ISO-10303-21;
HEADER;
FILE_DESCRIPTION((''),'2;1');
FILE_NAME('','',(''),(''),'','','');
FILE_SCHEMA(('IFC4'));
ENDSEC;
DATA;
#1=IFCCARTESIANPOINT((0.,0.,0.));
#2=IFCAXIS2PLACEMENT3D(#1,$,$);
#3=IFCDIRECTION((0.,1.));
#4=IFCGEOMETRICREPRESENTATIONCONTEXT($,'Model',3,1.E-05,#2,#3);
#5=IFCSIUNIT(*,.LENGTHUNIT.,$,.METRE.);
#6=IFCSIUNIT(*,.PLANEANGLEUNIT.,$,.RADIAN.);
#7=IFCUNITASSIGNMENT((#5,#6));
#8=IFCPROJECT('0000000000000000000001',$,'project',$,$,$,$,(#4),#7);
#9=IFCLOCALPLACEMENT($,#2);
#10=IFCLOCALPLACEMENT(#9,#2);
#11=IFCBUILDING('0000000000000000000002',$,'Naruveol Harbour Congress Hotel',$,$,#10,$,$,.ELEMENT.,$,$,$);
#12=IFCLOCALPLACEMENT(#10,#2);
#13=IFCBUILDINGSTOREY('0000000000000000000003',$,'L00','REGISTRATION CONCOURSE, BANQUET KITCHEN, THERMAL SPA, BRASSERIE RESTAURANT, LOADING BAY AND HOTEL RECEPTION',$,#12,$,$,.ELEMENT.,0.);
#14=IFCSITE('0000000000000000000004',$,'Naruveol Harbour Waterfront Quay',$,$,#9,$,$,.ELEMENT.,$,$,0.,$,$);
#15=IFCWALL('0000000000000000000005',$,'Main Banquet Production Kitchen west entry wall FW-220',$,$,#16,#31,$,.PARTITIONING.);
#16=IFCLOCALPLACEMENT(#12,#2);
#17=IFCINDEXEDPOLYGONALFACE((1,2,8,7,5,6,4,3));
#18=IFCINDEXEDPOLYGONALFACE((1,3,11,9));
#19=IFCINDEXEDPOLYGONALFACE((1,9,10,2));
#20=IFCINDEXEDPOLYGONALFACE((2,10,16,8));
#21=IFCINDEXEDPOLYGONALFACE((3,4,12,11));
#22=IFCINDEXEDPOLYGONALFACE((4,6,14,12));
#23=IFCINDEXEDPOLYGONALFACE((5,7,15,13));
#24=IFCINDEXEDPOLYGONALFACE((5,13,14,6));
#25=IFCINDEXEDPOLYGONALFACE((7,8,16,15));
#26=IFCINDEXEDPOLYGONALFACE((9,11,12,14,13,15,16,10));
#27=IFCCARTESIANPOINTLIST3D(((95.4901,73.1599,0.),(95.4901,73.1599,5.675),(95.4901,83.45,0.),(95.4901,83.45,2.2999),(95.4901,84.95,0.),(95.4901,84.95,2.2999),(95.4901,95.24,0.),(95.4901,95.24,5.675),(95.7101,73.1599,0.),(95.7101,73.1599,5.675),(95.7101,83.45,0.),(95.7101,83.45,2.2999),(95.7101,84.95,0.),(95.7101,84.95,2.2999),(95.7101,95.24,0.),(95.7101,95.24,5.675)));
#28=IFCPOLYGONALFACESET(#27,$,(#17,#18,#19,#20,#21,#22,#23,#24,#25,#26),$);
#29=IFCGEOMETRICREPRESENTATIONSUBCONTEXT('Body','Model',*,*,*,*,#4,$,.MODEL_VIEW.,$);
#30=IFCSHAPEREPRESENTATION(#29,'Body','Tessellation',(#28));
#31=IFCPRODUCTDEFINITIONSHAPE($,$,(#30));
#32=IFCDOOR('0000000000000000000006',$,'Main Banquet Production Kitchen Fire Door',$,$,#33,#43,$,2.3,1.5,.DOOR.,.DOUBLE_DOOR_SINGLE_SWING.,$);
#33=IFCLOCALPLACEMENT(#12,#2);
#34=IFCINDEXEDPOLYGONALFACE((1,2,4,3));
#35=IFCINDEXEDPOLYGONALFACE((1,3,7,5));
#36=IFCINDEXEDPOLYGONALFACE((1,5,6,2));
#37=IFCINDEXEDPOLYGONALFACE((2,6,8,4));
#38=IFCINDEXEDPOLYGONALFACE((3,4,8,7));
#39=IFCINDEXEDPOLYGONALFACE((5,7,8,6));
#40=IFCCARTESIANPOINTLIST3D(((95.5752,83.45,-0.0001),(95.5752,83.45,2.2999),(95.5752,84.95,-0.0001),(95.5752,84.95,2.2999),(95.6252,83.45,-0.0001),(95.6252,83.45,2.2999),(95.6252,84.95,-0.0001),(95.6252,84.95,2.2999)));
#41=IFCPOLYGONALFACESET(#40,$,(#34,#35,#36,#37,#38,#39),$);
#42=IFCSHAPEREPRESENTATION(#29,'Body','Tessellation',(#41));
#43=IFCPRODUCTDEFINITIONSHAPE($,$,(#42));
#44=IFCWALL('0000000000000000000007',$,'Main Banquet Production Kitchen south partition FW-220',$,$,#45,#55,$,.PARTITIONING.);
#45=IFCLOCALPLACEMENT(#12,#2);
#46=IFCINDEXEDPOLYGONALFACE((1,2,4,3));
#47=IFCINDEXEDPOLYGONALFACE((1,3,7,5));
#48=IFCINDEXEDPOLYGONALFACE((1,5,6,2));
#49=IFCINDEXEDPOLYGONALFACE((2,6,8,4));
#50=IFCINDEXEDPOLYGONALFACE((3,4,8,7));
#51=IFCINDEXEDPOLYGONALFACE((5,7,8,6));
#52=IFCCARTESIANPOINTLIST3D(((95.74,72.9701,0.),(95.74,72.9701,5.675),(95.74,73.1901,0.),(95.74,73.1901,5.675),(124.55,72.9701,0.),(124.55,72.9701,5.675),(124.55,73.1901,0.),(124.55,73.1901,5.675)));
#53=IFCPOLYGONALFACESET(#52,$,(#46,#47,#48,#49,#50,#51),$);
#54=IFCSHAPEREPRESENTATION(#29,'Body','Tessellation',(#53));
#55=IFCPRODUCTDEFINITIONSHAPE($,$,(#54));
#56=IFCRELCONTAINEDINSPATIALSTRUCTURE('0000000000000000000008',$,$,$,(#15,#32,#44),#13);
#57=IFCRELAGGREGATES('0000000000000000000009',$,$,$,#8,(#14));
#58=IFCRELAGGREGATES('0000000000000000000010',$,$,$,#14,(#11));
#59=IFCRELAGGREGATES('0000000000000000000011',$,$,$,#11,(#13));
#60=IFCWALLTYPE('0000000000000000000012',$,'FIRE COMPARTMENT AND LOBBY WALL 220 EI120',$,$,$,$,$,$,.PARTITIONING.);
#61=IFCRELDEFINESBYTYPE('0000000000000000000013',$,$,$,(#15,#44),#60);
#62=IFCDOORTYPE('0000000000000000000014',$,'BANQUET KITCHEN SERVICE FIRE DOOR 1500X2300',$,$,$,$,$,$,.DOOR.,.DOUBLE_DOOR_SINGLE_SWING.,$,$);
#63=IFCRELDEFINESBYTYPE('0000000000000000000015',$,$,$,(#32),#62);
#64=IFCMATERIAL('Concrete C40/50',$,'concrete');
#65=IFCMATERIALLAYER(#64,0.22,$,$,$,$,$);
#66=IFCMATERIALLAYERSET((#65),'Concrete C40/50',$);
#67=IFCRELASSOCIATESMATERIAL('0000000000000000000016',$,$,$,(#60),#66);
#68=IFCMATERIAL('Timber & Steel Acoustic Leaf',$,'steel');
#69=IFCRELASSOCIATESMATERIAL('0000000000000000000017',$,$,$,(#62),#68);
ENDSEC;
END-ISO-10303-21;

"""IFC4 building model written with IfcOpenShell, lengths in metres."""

from ifc_helpers import new_model, si_unit, direction, frame, frame_2d, origin, place, context, subcontext, project, spatial, rectangle, extrude, material, layer, layer_set, type_object, element, fill, save


model = new_model("IFC4")

# Units and contexts
model_context = context("Model", 3, precision=1e-05, world=origin(), true_north=direction((0.0, 1.0)))
body_context = subcontext(model_context, "Body", "Model", "MODEL_VIEW")
ifc_project = project(units=[si_unit("LENGTHUNIT", "METRE"), si_unit("PLANEANGLEUNIT", "RADIAN")], contexts=[model_context])

# Site, building, storey
site_placement = place(None, origin())
site = spatial("IfcSite", under=ifc_project, at=site_placement, Name="Naruveol Harbour Waterfront Quay", CompositionType="ELEMENT", RefElevation=0.0)
building_placement = place(site_placement, origin())
building = spatial("IfcBuilding", under=site, at=building_placement, Name="Naruveol Harbour Congress Hotel", CompositionType="ELEMENT")
storey_placement = place(building_placement, origin())
storey = spatial("IfcBuildingStorey", under=building, at=storey_placement, Name="L00", Description="REGISTRATION CONCOURSE, BANQUET KITCHEN, THERMAL SPA, BRASSERIE RESTAURANT, LOADING BAY AND HOTEL RECEPTION", CompositionType="ELEMENT", Elevation=0.0)

# Wall, opening, door
ifc_material_1 = material(Name="Concrete C40/50", Category="concrete")
ifc_layer_1 = layer(ifc_material_1, 0.22)
ifc_layer_set_1 = layer_set([ifc_layer_1], Name="Concrete C40/50")
wall_type = type_object("IfcWallType", Name="FIRE COMPARTMENT AND LOBBY WALL 220 EI120", PredefinedType="PARTITIONING", material=ifc_layer_set_1)
wall_1_placement = place(storey_placement, frame((95.6001, 73.1599, 0.0), z_axis=(0.0, 0.0, 1.0), x_axis=(0.0, 1.0, 0.0)))
wall_1 = element("IfcWall", 1, at=wall_1_placement, inside=storey, type_object=wall_type, Name="Main Banquet Production Kitchen west entry wall FW-220", PredefinedType="PARTITIONING", context=body_context, shape_type="SweptSolid", body=[
    extrude(rectangle(XDim=22.0801, YDim=0.22, at=frame_2d((11.04, 0.0))), origin(), (0.0, 0.0, 1.0), 5.675),
])
opening_placement = place(wall_1_placement, frame((10.29, 0.0, 0.0)))
opening = element("IfcOpeningElement", 2, at=opening_placement, cuts=wall_1, PredefinedType="OPENING", context=body_context, shape_type="SweptSolid", body=[
    extrude(rectangle(XDim=1.5, YDim=2.3, at=frame_2d((0.75, 1.1499))), frame((0.0, 0.1199, 0.0), z_axis=(0.0, -1.0, 0.0), x_axis=(1.0, 0.0, 0.0)), (0.0, 0.0, 1.0), 0.24),
])
ifc_material_2 = material(Name="Timber & Steel Acoustic Leaf", Category="steel")
door_type = type_object("IfcDoorType", Name="BANQUET KITCHEN SERVICE FIRE DOOR 1500X2300", OperationType="DOUBLE_DOOR_SINGLE_SWING", PredefinedType="DOOR", material=ifc_material_2)
door_placement = place(opening_placement, origin())
door = element("IfcDoor", 3, at=door_placement, inside=storey, type_object=door_type, Name="Main Banquet Production Kitchen Fire Door", OperationType="DOUBLE_DOOR_SINGLE_SWING", OverallHeight=2.3, OverallWidth=1.5, PredefinedType="DOOR", context=body_context, shape_type="SweptSolid", body=[
    extrude(rectangle(XDim=1.5, YDim=2.3, at=frame_2d((0.75, 1.1499))), frame((0.0, 0.0249, 0.0), z_axis=(0.0, -1.0, 0.0), x_axis=(1.0, 0.0, 0.0)), (0.0, 0.0, 1.0), 0.05),
])
fill(opening, door)

# Wall
wall_2_placement = place(storey_placement, frame((95.74, 73.0801, 0.0), z_axis=(0.0, 0.0, 1.0), x_axis=(1.0, 0.0, 0.0)))
element("IfcWall", 4, at=wall_2_placement, inside=storey, type_object=wall_type, Name="Main Banquet Production Kitchen south partition FW-220", PredefinedType="PARTITIONING", context=body_context, shape_type="SweptSolid", body=[
    extrude(rectangle(XDim=28.8101, YDim=0.22, at=frame_2d((14.405, 0.0))), origin(), (0.0, 0.0, 1.0), 5.675),
])

save(model, "model.ifc")
